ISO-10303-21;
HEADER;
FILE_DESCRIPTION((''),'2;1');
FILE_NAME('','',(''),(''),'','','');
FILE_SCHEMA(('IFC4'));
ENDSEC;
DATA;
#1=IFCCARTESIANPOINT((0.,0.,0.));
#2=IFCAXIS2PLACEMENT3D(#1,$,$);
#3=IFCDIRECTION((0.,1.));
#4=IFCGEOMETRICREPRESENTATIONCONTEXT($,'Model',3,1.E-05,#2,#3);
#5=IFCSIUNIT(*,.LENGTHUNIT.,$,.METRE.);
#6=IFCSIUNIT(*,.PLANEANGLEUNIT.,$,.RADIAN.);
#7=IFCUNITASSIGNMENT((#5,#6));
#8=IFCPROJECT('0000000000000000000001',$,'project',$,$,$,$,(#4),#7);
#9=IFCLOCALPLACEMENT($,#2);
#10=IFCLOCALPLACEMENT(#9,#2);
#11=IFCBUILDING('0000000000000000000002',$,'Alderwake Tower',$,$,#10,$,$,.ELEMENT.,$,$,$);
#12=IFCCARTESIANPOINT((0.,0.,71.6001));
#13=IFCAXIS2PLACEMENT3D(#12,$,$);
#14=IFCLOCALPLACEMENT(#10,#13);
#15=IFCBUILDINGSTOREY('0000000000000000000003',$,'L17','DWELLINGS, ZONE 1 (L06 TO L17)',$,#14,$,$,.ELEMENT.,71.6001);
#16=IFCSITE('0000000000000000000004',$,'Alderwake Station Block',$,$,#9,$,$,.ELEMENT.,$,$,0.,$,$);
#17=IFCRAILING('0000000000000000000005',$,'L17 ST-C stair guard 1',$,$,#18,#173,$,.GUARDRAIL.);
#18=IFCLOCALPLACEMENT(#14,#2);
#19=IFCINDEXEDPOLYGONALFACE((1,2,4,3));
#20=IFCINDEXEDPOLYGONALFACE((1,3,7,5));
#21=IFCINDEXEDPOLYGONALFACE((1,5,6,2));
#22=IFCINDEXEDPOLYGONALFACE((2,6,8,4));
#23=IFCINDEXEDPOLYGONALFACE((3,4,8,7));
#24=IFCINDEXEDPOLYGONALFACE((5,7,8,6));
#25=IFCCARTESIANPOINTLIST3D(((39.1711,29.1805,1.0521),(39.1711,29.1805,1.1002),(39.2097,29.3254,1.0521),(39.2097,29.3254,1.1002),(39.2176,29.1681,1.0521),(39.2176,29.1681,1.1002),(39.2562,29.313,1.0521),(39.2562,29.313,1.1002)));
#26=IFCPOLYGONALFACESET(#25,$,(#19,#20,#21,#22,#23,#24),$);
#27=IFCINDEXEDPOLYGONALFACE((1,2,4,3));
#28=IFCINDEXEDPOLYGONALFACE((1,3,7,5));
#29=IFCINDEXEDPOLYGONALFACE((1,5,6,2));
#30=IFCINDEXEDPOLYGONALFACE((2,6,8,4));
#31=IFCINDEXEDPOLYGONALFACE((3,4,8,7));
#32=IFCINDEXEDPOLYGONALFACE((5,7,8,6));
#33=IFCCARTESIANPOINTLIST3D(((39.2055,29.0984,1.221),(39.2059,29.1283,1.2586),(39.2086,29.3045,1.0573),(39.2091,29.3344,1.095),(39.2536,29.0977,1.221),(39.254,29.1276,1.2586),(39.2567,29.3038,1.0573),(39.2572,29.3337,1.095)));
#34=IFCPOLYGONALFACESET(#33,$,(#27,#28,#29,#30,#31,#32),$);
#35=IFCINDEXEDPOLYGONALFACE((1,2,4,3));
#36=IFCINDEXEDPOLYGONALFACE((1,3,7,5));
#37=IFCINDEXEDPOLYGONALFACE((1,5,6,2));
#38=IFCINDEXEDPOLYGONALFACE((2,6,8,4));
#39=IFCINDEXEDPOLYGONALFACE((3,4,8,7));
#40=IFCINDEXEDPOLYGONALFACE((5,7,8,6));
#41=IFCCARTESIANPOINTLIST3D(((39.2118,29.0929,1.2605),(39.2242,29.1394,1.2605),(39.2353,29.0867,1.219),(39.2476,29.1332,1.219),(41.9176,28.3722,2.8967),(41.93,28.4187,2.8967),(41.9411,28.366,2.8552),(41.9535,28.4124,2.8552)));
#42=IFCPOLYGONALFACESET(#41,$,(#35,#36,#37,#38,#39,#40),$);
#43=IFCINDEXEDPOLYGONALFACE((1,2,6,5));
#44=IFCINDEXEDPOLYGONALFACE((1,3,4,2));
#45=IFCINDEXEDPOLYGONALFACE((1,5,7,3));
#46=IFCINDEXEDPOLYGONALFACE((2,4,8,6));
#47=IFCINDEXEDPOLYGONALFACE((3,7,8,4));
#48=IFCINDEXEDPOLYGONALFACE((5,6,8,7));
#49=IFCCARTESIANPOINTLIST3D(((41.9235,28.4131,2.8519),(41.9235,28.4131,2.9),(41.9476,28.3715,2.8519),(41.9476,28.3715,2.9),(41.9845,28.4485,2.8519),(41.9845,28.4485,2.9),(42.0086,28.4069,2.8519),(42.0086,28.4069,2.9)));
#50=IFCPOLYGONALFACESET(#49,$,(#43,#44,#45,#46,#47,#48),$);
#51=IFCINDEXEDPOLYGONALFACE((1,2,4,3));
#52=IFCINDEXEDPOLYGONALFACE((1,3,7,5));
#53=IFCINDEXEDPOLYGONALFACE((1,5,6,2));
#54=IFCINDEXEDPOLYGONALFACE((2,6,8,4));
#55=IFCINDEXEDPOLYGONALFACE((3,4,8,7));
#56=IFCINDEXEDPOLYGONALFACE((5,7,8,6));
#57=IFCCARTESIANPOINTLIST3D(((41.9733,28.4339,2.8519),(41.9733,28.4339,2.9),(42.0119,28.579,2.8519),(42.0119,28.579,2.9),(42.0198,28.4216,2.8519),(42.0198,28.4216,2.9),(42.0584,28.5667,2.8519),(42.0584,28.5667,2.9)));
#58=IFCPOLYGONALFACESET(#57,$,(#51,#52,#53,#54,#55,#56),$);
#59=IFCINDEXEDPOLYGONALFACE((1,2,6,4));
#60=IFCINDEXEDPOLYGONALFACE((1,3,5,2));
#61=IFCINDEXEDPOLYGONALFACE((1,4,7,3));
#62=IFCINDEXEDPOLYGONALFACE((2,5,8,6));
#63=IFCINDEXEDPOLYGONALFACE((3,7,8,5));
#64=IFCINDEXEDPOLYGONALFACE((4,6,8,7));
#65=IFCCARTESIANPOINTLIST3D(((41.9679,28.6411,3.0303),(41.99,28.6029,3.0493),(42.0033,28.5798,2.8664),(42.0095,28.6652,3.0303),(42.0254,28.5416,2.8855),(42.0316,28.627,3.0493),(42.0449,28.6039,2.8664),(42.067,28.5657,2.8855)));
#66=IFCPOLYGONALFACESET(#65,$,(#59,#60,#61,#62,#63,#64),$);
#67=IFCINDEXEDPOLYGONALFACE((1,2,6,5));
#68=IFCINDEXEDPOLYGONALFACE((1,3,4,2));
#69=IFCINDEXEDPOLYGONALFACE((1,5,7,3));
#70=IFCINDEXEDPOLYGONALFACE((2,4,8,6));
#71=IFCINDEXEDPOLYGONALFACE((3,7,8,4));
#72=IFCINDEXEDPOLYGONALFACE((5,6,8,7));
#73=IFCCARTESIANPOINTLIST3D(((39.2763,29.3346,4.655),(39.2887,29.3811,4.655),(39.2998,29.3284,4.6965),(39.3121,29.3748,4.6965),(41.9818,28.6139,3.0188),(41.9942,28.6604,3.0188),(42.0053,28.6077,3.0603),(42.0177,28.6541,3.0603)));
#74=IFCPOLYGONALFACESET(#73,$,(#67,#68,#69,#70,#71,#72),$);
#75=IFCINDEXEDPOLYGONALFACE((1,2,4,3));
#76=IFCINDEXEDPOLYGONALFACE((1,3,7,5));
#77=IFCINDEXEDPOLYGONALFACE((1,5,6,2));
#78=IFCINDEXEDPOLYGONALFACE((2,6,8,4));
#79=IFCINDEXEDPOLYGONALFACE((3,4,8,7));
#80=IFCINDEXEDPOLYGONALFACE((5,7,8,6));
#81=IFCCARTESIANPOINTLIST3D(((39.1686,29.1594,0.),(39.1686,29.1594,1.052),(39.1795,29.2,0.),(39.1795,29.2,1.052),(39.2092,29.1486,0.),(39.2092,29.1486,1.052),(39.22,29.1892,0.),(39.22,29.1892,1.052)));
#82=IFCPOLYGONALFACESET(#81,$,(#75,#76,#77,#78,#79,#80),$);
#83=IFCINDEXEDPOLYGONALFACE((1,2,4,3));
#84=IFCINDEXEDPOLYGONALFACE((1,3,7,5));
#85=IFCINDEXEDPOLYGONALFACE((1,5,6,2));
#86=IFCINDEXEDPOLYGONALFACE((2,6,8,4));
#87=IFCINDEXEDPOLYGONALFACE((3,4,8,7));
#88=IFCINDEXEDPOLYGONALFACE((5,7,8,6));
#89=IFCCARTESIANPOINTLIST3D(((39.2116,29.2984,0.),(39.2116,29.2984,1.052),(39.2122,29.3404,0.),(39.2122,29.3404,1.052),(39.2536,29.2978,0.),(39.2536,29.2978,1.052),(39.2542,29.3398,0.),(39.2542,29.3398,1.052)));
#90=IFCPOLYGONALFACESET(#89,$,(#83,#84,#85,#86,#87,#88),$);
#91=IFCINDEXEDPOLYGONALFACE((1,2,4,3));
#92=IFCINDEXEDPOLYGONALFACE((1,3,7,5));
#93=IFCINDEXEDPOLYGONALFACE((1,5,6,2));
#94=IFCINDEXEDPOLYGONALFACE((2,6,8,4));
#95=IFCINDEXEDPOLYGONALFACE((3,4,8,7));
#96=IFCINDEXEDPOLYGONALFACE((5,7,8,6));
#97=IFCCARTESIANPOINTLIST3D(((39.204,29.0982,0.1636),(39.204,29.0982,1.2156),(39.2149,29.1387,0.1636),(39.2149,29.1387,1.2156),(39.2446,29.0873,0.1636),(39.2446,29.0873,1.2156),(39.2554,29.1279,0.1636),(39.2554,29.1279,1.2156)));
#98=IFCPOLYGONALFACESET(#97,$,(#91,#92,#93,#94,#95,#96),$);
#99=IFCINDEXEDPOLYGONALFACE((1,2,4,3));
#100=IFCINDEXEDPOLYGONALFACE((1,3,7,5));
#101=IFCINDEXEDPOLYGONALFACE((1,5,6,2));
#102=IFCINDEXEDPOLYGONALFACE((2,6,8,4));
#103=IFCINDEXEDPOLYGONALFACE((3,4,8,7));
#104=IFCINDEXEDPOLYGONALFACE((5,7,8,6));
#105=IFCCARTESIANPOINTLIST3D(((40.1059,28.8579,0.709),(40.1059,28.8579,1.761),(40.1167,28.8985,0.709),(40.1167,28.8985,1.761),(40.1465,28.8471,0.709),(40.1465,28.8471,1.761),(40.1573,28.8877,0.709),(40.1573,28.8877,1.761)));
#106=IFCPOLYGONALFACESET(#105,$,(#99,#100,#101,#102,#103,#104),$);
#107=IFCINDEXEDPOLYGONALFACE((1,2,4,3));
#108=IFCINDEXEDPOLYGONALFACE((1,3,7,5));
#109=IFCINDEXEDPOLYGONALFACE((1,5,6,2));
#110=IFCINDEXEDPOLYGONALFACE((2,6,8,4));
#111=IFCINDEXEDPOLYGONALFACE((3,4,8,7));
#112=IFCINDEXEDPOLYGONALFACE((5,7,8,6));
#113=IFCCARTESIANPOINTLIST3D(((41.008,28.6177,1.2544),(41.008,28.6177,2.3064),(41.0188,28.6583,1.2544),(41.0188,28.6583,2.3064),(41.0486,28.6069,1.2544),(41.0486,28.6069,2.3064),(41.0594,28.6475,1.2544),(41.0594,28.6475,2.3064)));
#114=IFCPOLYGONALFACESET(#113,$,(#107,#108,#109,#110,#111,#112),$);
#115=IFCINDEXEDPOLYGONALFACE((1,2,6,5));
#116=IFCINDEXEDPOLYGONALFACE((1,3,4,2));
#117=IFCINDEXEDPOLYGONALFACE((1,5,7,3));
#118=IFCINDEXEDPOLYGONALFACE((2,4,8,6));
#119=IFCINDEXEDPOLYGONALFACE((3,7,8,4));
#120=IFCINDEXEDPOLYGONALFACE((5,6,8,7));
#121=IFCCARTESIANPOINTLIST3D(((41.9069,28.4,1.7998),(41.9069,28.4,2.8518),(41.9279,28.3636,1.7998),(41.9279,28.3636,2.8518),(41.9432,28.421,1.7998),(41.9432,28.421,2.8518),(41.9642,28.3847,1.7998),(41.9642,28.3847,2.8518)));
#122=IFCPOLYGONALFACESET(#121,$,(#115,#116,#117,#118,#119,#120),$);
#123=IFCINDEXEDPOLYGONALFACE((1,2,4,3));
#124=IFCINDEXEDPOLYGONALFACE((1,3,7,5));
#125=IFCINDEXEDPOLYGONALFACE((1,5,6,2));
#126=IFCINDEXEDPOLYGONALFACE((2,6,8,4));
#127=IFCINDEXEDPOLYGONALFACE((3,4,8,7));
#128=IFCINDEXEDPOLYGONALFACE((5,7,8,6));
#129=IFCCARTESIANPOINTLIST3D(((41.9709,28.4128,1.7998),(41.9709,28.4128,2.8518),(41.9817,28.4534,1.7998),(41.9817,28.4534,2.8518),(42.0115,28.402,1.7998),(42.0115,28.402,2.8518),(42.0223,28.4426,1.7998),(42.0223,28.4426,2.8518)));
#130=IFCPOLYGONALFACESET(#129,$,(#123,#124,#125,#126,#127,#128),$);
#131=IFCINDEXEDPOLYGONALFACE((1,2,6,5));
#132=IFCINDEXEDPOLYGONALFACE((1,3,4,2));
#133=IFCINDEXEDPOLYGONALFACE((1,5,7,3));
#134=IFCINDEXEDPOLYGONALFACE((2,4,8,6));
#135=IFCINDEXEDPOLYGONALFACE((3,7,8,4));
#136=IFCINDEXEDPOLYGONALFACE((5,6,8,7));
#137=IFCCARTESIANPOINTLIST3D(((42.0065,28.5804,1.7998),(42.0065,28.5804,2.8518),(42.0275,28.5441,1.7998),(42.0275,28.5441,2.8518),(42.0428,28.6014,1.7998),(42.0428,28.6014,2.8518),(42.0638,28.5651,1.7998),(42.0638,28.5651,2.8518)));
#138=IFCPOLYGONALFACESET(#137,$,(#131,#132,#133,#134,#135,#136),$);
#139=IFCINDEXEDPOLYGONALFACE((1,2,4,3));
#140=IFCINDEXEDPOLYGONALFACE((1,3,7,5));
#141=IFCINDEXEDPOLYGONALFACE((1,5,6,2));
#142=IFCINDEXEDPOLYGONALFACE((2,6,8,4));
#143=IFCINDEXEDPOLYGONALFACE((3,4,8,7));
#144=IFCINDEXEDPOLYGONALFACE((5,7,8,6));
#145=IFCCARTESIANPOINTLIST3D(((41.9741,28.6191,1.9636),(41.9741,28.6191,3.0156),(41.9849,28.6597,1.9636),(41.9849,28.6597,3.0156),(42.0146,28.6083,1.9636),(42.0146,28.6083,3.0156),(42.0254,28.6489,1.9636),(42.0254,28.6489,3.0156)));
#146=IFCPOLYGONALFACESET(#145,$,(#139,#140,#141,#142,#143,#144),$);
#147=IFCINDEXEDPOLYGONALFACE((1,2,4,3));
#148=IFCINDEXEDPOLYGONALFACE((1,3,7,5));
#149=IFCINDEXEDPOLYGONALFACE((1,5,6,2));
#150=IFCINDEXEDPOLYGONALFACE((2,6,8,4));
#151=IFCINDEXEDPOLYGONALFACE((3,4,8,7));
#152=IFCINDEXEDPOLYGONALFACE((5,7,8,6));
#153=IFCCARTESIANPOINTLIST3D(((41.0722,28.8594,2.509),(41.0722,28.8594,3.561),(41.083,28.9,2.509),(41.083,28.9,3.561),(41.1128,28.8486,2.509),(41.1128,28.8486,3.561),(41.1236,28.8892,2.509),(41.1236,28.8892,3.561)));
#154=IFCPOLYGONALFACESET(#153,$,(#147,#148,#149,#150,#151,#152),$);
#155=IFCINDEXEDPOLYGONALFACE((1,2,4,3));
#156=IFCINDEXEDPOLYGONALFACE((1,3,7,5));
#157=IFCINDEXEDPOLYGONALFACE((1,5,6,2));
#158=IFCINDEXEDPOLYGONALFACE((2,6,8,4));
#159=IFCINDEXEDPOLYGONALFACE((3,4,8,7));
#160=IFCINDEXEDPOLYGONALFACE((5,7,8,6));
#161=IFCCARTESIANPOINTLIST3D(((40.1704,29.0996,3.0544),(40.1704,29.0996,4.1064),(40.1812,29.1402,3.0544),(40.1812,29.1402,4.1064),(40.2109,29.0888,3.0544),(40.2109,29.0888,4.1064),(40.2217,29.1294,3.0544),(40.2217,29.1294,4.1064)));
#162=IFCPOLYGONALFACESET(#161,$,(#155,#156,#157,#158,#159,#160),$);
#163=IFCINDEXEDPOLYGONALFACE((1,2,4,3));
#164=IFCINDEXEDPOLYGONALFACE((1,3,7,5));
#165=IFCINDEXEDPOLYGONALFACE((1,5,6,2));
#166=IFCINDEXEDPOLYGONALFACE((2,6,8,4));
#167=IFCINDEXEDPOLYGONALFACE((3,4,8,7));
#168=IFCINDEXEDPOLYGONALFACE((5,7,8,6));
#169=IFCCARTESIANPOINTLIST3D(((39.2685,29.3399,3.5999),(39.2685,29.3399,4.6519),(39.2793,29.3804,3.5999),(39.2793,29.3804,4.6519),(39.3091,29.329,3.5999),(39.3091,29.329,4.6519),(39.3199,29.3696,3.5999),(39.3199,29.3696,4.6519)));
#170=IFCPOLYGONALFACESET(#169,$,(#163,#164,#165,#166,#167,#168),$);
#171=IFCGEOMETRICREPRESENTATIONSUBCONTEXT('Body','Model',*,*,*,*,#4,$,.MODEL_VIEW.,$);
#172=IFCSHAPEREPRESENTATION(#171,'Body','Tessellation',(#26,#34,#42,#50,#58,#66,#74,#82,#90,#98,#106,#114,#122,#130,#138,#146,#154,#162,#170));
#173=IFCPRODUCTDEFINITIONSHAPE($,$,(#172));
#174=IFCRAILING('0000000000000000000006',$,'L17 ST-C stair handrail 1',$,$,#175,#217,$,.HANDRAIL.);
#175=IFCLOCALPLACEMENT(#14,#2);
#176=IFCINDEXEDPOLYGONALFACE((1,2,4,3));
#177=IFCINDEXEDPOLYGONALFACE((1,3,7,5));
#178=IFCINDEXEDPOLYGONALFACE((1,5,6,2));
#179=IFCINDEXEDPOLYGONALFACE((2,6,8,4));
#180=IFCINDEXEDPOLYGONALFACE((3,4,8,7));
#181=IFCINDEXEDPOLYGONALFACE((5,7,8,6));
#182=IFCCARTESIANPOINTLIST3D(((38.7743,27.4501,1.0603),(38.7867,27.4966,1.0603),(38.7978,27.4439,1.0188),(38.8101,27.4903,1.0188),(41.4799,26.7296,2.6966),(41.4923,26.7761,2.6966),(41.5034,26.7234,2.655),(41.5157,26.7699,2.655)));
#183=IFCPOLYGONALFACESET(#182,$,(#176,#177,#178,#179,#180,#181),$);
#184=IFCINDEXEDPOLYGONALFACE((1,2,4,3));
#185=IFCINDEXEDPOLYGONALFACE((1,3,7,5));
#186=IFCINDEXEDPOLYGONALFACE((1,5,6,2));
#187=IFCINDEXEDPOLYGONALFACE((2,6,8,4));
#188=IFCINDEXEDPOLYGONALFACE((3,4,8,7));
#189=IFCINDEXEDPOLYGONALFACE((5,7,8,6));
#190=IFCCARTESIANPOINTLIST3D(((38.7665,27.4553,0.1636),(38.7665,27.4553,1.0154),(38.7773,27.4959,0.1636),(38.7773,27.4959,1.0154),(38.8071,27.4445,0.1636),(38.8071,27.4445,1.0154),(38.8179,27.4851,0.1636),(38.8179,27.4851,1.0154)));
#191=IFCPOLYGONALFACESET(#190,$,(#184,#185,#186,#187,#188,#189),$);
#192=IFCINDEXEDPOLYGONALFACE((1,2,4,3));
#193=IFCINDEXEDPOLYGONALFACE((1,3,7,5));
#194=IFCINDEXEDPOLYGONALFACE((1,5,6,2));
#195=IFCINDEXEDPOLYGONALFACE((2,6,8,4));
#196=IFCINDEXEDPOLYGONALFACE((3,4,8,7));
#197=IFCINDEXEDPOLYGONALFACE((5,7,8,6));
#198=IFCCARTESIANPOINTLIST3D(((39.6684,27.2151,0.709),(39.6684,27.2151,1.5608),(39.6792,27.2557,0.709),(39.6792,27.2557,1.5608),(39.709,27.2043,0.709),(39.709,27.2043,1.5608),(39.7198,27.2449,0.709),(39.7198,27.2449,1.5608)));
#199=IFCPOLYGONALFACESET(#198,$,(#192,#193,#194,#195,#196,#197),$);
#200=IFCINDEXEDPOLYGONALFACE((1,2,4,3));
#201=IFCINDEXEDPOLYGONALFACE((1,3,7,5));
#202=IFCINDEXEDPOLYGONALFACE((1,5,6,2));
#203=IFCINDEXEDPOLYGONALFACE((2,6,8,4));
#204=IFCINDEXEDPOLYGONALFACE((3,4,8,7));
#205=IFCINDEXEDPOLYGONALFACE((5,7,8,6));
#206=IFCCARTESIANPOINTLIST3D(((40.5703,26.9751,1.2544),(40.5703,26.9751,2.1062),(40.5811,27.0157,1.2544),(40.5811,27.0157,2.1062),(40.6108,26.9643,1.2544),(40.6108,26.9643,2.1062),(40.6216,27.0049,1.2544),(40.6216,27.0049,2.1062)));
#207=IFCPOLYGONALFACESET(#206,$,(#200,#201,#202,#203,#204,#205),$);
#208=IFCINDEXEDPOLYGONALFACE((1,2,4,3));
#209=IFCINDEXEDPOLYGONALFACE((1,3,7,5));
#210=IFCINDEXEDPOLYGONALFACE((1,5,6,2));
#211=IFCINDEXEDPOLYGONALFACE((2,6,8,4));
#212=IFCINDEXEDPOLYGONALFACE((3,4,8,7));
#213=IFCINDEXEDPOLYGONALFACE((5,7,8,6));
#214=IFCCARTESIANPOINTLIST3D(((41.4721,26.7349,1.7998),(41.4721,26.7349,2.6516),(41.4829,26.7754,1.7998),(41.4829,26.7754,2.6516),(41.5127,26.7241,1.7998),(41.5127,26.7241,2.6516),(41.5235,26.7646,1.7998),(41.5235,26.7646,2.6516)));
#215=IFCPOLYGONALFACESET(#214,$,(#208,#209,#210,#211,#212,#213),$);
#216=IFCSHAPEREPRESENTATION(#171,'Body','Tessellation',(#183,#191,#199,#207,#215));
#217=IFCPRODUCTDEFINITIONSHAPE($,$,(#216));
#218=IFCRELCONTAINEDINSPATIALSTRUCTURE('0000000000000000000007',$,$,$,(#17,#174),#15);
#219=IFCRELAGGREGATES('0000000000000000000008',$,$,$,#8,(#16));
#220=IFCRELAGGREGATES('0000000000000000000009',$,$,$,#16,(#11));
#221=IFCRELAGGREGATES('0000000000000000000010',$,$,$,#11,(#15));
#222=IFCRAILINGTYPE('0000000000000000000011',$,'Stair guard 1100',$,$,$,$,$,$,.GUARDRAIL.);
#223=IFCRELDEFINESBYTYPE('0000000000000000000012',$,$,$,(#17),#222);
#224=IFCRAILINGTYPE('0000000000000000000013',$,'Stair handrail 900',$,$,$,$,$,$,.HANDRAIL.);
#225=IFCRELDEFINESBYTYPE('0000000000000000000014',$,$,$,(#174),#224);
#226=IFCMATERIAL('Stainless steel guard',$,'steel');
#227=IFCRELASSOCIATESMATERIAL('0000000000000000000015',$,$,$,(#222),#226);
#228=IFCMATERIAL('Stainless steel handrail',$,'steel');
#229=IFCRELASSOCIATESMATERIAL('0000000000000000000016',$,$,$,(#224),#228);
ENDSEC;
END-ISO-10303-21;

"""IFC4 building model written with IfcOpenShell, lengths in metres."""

from ifc_helpers import new_model, si_unit, direction, frame, origin, origin_2d, place, context, subcontext, project, spatial, rectangle, extrude, material, type_object, element, save


model = new_model("IFC4")

# Units and contexts
model_context = context("Model", 3, precision=1e-05, world=origin(), true_north=direction((0.0, 1.0)))
body_context = subcontext(model_context, "Body", "Model", "MODEL_VIEW")
ifc_project = project(units=[si_unit("LENGTHUNIT", "METRE"), si_unit("PLANEANGLEUNIT", "RADIAN")], contexts=[model_context])

# Site, building, storey
site_placement = place(None, origin())
site = spatial("IfcSite", under=ifc_project, at=site_placement, Name="Alderwake Station Block", CompositionType="ELEMENT", RefElevation=0.0)
building_placement = place(site_placement, origin())
building = spatial("IfcBuilding", under=site, at=building_placement, Name="Alderwake Tower", CompositionType="ELEMENT")
storey_placement = place(building_placement, frame((0.0, 0.0, 71.6001)))
storey = spatial("IfcBuildingStorey", under=building, at=storey_placement, Name="L17", Description="DWELLINGS, ZONE 1 (L06 TO L17)", CompositionType="ELEMENT", Elevation=71.6001)

# Railings
ifc_material_1 = material(Name="Stainless steel guard", Category="steel")
railing_type_1 = type_object("IfcRailingType", Name="Stair guard 1100", PredefinedType="GUARDRAIL", material=ifc_material_1)
railing_1_placement = place(storey_placement, frame((39.1943, 29.1743, 0.0)))
element("IfcRailing", 1, at=railing_1_placement, inside=storey, type_object=railing_type_1, Name="L17 ST-C stair guard 1", PredefinedType="GUARDRAIL", context=body_context, shape_type="SweptSolid", body=[
    extrude(rectangle(XDim=0.0481, YDim=0.0481, at=origin_2d()), frame((0.0, 0.0, 1.0762), z_axis=(0.25746, 0.966289, 0.0), x_axis=(-0.966289, 0.25746, 0.0)), (0.0, 0.0, 1.0), 0.1499),
    extrude(rectangle(XDim=0.0481, YDim=0.0481, at=origin_2d()), frame((0.0386, 0.1448, 1.0762), z_axis=(-0.012063, -0.78316, 0.621703), x_axis=(0.999881, -0.015401, 0.0)), (0.0, 0.0, 1.0), 0.2632),
    extrude(rectangle(XDim=0.0481, YDim=0.0481, at=origin_2d()), frame((0.0354, -0.0613, 1.2397), z_axis=(0.834314, -0.222223, 0.504518), x_axis=(0.25738, 0.96631, 0.0)), (0.0, 0.0, 1.0), 3.2432),
    extrude(rectangle(XDim=0.0481, YDim=0.0481, at=origin_2d()), frame((2.7412, -0.782, 2.876), z_axis=(0.865031, 0.501718, 0.0), x_axis=(-0.501718, 0.865031, 0.0)), (0.0, 0.0, 1.0), 0.0706),
    extrude(rectangle(XDim=0.0481, YDim=0.0481, at=origin_2d()), frame((2.8022, -0.7466, 2.876), z_axis=(0.257055, 0.966397, 0.0), x_axis=(-0.966397, 0.257055, 0.0)), (0.0, 0.0, 1.0), 0.1501),
    extrude(rectangle(XDim=0.0481, YDim=0.0481, at=origin_2d()), frame((2.8408, -0.6016, 2.876), z_axis=(-0.198376, 0.343395, 0.918001), x_axis=(-0.865898, -0.50022, 0.0)), (0.0, 0.0, 1.0), 0.1785),
    extrude(rectangle(XDim=0.0481, YDim=0.0481, at=origin_2d()), frame((2.8054, -0.5403, 3.0396), z_axis=(-0.834291, 0.222237, 0.504549), x_axis=(-0.257402, -0.966304, 0.0)), (0.0, 0.0, 1.0), 3.2429),
    extrude(rectangle(XDim=0.042, YDim=0.042, at=origin_2d()), frame((0.0, 0.0, 0.0), z_axis=(0.0, 0.0, 1.0), x_axis=(0.25746, 0.966289, 0.0)), (0.0, 0.0, 1.0), 1.052),
    extrude(rectangle(XDim=0.042, YDim=0.042, at=origin_2d()), frame((0.0386, 0.1448, 0.0), z_axis=(0.0, 0.0, 1.0), x_axis=(-0.015401, -0.999881, 0.0)), (0.0, 0.0, 1.0), 1.052),
    extrude(rectangle(XDim=0.042, YDim=0.042, at=origin_2d()), frame((0.0354, -0.0613, 0.1636), z_axis=(0.0, 0.0, 1.0), x_axis=(0.96631, -0.25738, 0.0)), (0.0, 0.0, 1.0), 1.052),
    extrude(rectangle(XDim=0.042, YDim=0.042, at=origin_2d()), frame((0.9373, -0.3015, 0.709), z_axis=(0.0, 0.0, 1.0), x_axis=(0.96631, -0.25738, 0.0)), (0.0, 0.0, 1.0), 1.052),
    extrude(rectangle(XDim=0.042, YDim=0.042, at=origin_2d()), frame((1.8394, -0.5417, 1.2544), z_axis=(0.0, 0.0, 1.0), x_axis=(0.96631, -0.25738, 0.0)), (0.0, 0.0, 1.0), 1.052),
    extrude(rectangle(XDim=0.042, YDim=0.042, at=origin_2d()), frame((2.7412, -0.782, 1.7998), z_axis=(0.0, 0.0, 1.0), x_axis=(0.865031, 0.501718, 0.0)), (0.0, 0.0, 1.0), 1.052),
    extrude(rectangle(XDim=0.042, YDim=0.042, at=origin_2d()), frame((2.8022, -0.7466, 1.7998), z_axis=(0.0, 0.0, 1.0), x_axis=(0.257055, 0.966397, 0.0)), (0.0, 0.0, 1.0), 1.052),
    extrude(rectangle(XDim=0.042, YDim=0.042, at=origin_2d()), frame((2.8408, -0.6016, 1.7998), z_axis=(0.0, 0.0, 1.0), x_axis=(-0.50022, 0.865898, 0.0)), (0.0, 0.0, 1.0), 1.052),
    extrude(rectangle(XDim=0.042, YDim=0.042, at=origin_2d()), frame((2.8054, -0.5403, 1.9636), z_axis=(0.0, 0.0, 1.0), x_axis=(-0.966304, 0.257402, 0.0)), (0.0, 0.0, 1.0), 1.052),
    extrude(rectangle(XDim=0.042, YDim=0.042, at=origin_2d()), frame((1.9036, -0.3, 2.509), z_axis=(0.0, 0.0, 1.0), x_axis=(-0.966304, 0.257402, 0.0)), (0.0, 0.0, 1.0), 1.052),
    extrude(rectangle(XDim=0.042, YDim=0.042, at=origin_2d()), frame((1.0017, -0.0598, 3.0544), z_axis=(0.0, 0.0, 1.0), x_axis=(-0.966304, 0.257402, 0.0)), (0.0, 0.0, 1.0), 1.052),
    extrude(rectangle(XDim=0.042, YDim=0.042, at=origin_2d()), frame((0.0999, 0.1804, 3.5999), z_axis=(0.0, 0.0, 1.0), x_axis=(-0.966304, 0.257402, 0.0)), (0.0, 0.0, 1.0), 1.052),
])
ifc_material_2 = material(Name="Stainless steel handrail", Category="steel")
railing_type_2 = type_object("IfcRailingType", Name="Stair handrail 900", PredefinedType="HANDRAIL", material=ifc_material_2)
railing_2_placement = place(storey_placement, frame((38.7922, 27.4702, 0.1636)))
element("IfcRailing", 2, at=railing_2_placement, inside=storey, type_object=railing_type_2, Name="L17 ST-C stair handrail 1", PredefinedType="HANDRAIL", context=body_context, shape_type="SweptSolid", body=[
    extrude(rectangle(XDim=0.0481, YDim=0.0481, at=origin_2d()), frame((0.0, 0.0, 0.876), z_axis=(0.834305, -0.222165, 0.504558), x_axis=(0.257321, 0.966326, 0.0)), (0.0, 0.0, 1.0), 3.2429),
    extrude(rectangle(XDim=0.042, YDim=0.042, at=origin_2d()), frame((0.0, 0.0, 0.0), z_axis=(0.0, 0.0, 1.0), x_axis=(0.966326, -0.257321, 0.0)), (0.0, 0.0, 1.0), 0.8518),
    extrude(rectangle(XDim=0.042, YDim=0.042, at=origin_2d()), frame((0.9019, -0.2402, 0.5454), z_axis=(0.0, 0.0, 1.0), x_axis=(0.966326, -0.257321, 0.0)), (0.0, 0.0, 1.0), 0.8518),
    extrude(rectangle(XDim=0.042, YDim=0.042, at=origin_2d()), frame((1.8037, -0.4802, 1.0908), z_axis=(0.0, 0.0, 1.0), x_axis=(0.966326, -0.257321, 0.0)), (0.0, 0.0, 1.0), 0.8518),
    extrude(rectangle(XDim=0.042, YDim=0.042, at=origin_2d()), frame((2.7056, -0.7205, 1.6362), z_axis=(0.0, 0.0, 1.0), x_axis=(0.966326, -0.257321, 0.0)), (0.0, 0.0, 1.0), 0.8518),
])

save(model, "model.ifc")
